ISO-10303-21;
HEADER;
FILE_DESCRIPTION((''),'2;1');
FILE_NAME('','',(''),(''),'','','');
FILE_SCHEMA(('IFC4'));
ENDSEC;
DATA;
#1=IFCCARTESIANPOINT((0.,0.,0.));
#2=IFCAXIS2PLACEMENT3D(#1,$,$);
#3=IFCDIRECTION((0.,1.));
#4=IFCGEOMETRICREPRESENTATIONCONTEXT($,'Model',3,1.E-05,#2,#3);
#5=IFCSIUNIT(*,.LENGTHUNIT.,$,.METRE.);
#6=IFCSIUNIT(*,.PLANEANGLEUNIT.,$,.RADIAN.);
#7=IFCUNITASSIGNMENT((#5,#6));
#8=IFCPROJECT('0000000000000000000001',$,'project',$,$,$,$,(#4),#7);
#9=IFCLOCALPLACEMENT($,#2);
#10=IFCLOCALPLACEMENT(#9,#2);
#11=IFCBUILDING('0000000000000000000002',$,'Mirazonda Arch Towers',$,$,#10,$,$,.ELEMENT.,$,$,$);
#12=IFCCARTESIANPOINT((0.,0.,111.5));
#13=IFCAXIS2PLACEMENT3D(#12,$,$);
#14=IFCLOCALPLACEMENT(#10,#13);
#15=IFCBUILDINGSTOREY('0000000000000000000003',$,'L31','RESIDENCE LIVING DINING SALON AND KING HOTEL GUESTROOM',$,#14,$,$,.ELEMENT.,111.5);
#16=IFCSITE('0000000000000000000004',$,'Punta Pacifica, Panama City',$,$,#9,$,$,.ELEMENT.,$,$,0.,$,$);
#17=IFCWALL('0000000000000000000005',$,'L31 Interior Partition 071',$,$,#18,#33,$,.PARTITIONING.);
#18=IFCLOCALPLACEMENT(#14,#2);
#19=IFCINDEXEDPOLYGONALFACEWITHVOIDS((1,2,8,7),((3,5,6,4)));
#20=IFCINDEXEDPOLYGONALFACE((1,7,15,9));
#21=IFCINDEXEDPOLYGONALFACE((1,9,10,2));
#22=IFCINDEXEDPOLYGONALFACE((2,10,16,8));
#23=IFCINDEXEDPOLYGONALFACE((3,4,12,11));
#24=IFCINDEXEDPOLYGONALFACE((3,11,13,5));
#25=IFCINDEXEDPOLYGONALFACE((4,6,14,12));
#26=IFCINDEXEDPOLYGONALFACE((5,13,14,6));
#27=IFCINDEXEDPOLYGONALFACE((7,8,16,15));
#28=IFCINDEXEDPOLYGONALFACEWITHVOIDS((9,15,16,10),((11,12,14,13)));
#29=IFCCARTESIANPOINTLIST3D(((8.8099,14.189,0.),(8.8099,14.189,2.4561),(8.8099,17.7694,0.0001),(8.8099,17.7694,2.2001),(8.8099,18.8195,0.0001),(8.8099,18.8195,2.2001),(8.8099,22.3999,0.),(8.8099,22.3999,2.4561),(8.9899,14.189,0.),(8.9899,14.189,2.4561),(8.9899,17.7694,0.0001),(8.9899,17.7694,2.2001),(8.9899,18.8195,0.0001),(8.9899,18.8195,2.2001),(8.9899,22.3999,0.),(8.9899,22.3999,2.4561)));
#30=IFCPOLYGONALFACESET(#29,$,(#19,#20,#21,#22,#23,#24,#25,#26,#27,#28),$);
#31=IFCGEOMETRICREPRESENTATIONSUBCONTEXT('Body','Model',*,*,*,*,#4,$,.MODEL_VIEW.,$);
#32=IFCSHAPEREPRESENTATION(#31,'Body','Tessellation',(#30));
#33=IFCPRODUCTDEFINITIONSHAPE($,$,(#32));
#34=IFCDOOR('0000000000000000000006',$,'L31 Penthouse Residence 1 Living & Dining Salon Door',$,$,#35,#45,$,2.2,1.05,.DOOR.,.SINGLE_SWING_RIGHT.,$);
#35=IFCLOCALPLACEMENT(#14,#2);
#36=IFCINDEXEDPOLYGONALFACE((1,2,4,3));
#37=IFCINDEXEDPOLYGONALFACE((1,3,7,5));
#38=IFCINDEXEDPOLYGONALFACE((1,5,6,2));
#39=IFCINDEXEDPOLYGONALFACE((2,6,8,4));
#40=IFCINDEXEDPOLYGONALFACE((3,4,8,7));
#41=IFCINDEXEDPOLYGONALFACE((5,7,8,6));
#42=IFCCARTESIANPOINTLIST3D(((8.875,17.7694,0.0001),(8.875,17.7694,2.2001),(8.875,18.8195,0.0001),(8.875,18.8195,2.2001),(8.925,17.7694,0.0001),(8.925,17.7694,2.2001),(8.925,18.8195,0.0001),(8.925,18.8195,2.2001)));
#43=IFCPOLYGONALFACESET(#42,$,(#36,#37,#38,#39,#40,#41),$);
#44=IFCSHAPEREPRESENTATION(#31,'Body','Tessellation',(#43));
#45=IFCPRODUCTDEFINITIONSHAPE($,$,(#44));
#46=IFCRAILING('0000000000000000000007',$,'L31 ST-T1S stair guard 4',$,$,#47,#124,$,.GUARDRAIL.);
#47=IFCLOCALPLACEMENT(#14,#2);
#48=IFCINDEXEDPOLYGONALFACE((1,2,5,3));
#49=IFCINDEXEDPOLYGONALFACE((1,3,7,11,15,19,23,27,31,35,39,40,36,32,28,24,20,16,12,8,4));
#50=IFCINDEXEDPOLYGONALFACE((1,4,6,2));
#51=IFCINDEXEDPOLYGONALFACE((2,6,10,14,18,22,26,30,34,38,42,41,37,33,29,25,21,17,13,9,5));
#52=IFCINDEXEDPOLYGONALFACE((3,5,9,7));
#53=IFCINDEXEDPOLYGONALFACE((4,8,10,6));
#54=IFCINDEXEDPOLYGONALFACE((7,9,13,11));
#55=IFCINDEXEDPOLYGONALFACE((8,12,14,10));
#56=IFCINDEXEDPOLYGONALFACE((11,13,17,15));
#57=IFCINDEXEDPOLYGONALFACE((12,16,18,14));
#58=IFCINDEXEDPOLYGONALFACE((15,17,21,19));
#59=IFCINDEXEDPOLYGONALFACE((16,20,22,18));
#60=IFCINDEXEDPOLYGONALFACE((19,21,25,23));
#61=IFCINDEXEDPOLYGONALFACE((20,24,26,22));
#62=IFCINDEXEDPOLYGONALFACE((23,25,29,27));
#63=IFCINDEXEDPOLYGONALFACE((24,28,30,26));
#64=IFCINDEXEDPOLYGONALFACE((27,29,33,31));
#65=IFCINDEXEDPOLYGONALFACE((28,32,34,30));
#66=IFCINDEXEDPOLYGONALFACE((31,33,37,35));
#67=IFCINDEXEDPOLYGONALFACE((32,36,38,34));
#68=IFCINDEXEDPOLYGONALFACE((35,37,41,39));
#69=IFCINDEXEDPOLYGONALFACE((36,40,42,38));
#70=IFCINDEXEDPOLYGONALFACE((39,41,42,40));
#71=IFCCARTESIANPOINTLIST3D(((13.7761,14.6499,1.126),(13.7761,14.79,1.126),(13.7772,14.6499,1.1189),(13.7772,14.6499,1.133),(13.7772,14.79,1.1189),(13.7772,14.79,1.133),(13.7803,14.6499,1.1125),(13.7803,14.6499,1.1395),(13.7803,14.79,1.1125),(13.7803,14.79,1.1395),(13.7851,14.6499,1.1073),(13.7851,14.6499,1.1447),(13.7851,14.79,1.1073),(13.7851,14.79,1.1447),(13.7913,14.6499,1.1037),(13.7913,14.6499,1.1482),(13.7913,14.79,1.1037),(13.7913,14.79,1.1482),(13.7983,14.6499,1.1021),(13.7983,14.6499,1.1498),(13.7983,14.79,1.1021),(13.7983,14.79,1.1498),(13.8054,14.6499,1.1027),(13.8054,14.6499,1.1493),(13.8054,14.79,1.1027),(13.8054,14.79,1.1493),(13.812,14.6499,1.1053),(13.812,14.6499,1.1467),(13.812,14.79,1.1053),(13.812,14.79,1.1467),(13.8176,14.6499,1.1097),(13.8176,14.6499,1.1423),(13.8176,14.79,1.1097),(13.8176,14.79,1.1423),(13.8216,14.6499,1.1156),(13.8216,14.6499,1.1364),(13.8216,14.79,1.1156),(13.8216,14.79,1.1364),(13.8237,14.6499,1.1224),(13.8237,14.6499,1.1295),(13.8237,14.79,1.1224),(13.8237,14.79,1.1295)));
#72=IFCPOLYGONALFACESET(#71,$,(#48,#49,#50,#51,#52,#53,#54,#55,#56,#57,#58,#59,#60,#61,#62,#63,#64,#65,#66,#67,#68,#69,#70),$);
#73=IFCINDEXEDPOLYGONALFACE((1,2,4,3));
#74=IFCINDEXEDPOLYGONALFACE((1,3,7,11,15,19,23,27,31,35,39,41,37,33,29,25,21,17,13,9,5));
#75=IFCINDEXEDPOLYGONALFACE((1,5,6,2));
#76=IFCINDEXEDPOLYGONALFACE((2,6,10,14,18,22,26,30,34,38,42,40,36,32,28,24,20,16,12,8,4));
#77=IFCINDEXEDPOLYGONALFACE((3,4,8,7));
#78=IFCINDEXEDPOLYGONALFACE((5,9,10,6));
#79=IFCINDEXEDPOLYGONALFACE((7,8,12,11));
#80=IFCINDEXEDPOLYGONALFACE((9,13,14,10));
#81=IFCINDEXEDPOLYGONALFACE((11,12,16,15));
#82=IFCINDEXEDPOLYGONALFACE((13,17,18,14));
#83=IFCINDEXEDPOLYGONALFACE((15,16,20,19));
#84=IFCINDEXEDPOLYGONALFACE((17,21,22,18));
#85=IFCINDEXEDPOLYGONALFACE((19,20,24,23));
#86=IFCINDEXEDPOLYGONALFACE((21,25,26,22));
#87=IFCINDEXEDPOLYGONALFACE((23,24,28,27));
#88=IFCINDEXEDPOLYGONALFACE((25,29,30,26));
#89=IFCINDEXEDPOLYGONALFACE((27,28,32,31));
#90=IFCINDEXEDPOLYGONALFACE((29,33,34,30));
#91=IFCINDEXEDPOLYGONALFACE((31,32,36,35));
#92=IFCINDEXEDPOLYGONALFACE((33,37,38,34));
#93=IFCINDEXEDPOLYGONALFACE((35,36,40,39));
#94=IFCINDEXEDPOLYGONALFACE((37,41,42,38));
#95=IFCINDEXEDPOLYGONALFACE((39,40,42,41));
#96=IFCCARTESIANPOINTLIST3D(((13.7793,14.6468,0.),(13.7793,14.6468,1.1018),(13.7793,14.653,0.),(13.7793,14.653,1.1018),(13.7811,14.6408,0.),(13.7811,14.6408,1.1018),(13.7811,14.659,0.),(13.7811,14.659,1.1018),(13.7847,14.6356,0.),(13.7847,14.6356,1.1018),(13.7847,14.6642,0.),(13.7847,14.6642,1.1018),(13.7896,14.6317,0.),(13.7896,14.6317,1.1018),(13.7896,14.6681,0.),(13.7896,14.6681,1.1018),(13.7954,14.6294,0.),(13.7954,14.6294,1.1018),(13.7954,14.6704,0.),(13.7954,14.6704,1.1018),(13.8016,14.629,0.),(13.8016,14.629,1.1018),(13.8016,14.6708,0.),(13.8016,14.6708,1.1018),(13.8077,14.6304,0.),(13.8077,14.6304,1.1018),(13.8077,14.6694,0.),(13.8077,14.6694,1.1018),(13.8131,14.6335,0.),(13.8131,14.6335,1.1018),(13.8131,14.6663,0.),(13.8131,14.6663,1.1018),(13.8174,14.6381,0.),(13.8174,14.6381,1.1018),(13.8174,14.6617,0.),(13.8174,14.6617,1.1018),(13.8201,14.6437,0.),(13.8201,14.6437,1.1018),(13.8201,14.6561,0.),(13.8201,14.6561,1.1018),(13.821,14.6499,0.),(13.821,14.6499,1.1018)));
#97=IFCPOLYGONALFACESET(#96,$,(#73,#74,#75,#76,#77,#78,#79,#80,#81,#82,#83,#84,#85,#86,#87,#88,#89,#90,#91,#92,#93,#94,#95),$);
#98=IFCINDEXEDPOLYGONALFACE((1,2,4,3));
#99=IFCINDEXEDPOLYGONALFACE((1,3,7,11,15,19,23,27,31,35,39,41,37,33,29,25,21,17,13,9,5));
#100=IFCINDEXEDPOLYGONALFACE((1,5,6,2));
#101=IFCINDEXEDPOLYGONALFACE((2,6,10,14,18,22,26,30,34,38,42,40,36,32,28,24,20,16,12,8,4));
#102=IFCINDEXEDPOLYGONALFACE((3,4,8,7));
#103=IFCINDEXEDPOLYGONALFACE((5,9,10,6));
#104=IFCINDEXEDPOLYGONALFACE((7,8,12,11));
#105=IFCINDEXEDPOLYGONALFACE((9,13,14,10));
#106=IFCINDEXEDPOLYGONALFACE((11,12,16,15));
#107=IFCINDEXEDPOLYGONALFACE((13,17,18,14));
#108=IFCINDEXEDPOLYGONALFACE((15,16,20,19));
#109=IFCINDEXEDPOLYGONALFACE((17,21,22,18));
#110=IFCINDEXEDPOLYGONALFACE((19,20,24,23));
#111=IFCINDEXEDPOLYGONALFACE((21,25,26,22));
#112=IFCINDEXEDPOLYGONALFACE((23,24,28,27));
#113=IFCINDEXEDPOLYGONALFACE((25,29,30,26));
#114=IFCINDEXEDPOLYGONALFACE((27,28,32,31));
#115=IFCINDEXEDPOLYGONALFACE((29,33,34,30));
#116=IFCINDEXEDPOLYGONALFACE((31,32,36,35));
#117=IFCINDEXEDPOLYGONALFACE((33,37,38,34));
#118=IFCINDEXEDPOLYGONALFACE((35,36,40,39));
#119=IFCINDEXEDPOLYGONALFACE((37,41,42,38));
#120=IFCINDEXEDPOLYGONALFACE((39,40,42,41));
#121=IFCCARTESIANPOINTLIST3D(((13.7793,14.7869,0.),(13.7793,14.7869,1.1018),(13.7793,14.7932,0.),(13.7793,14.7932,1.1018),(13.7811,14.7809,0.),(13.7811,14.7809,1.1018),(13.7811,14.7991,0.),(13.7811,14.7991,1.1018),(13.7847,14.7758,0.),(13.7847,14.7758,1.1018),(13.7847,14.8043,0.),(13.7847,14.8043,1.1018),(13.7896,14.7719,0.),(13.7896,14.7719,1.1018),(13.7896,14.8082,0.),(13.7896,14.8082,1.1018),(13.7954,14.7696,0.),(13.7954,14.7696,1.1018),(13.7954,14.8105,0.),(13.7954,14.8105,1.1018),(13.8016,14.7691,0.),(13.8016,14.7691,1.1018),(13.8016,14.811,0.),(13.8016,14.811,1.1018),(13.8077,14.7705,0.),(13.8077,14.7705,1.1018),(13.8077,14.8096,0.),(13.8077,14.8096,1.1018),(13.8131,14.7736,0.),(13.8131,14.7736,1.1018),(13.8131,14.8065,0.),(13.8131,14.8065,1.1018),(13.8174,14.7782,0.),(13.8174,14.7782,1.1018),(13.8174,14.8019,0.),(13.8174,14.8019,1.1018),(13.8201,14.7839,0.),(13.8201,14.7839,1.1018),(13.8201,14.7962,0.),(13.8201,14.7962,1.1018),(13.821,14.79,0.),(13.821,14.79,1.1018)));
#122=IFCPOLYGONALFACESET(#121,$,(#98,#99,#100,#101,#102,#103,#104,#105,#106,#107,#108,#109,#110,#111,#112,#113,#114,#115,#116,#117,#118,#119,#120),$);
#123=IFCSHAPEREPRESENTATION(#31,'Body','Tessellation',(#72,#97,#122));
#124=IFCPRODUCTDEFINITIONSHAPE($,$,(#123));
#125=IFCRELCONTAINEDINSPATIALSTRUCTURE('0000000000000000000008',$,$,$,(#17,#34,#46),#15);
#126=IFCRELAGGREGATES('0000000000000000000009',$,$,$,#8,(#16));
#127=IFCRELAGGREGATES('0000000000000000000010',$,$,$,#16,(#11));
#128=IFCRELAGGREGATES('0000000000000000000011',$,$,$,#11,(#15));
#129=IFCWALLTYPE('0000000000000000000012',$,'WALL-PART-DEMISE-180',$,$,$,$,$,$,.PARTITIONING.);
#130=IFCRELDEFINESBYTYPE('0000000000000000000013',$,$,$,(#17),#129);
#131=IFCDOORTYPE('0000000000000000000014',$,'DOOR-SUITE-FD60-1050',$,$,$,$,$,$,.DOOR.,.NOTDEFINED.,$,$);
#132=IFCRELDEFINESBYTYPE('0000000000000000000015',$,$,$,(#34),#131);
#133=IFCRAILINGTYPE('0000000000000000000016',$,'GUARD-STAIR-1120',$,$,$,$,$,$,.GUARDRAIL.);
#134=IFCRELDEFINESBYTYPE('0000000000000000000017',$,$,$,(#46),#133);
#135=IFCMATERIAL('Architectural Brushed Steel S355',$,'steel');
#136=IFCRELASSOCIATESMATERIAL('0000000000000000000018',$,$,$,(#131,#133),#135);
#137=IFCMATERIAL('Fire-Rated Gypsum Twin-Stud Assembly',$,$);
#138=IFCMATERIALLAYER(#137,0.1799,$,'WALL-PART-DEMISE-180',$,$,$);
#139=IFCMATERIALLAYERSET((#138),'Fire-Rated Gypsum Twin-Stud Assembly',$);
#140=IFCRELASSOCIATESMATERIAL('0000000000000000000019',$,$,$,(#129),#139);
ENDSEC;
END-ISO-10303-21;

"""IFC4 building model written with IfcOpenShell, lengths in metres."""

from ifc_helpers import new_model, si_unit, direction, frame, frame_2d, origin, origin_2d, place, context, subcontext, project, spatial, rectangle, circle, extrude, material, layer, layer_set, type_object, element, fill, save


model = new_model("IFC4")

# Units and contexts
model_context = context("Model", 3, precision=1e-05, world=origin(), true_north=direction((0.0, 1.0)))
body_context = subcontext(model_context, "Body", "Model", "MODEL_VIEW")
ifc_project = project(units=[si_unit("LENGTHUNIT", "METRE"), si_unit("PLANEANGLEUNIT", "RADIAN")], contexts=[model_context])

# Site, building, storey
site_placement = place(None, origin())
site = spatial("IfcSite", under=ifc_project, at=site_placement, Name="Punta Pacifica, Panama City", CompositionType="ELEMENT", RefElevation=0.0)
building_placement = place(site_placement, origin())
building = spatial("IfcBuilding", under=site, at=building_placement, Name="Mirazonda Arch Towers", CompositionType="ELEMENT")
storey_placement = place(building_placement, frame((0.0, 0.0, 111.5)))
storey = spatial("IfcBuildingStorey", under=building, at=storey_placement, Name="L31", Description="RESIDENCE LIVING DINING SALON AND KING HOTEL GUESTROOM", CompositionType="ELEMENT", Elevation=111.5)

# Shared definitions
ifc_material_1 = material(Name="Architectural Brushed Steel S355", Category="steel")
door_type_1 = type_object("IfcDoorType", Name="DOOR-SUITE-FD60-1050", OperationType="NOTDEFINED", PredefinedType="DOOR", material=ifc_material_1)

# Shared definitions
ifc_material_2 = material(Name="Fire-Rated Gypsum Twin-Stud Assembly")
ifc_layer_1 = layer(ifc_material_2, 0.1799, Name="WALL-PART-DEMISE-180")
ifc_layer_set_1 = layer_set([ifc_layer_1], Name="Fire-Rated Gypsum Twin-Stud Assembly")
wall_type_1 = type_object("IfcWallType", Name="WALL-PART-DEMISE-180", PredefinedType="PARTITIONING", material=ifc_layer_set_1)

# Wall, opening, door
wall_1_placement = place(storey_placement, frame((8.8999, 14.189, 0.0), z_axis=(0.0, 0.0, 1.0), x_axis=(0.0, 1.0, 0.0)))
wall_1 = element("IfcWall", 1, at=wall_1_placement, inside=storey, type_object=wall_type_1, Name="L31 Interior Partition 071", PredefinedType="PARTITIONING", context=body_context, shape_type="SweptSolid", body=[
    extrude(rectangle(XDim=8.2109, YDim=0.1799, at=frame_2d((4.1055, 0.0))), origin(), (0.0, 0.0, 1.0), 2.4561),
])
opening_1_placement = place(wall_1_placement, frame((3.5806, 0.0, 0.0)))
opening_1 = element("IfcOpeningElement", 2, at=opening_1_placement, cuts=wall_1, PredefinedType="OPENING", context=body_context, shape_type="SweptSolid", body=[
    extrude(rectangle(XDim=1.05, YDim=2.2, at=frame_2d((0.5249, 1.1001))), frame((0.0, 0.0999, 0.0), z_axis=(0.0, -1.0, 0.0), x_axis=(1.0, 0.0, 0.0)), (0.0, 0.0, 1.0), 0.2),
])
door_1_placement = place(opening_1_placement, origin())
door_1 = element("IfcDoor", 3, at=door_1_placement, inside=storey, type_object=door_type_1, Name="L31 Penthouse Residence 1 Living & Dining Salon Door", OperationType="SINGLE_SWING_RIGHT", OverallHeight=2.2, OverallWidth=1.05, PredefinedType="DOOR", context=body_context, shape_type="SweptSolid", body=[
    extrude(rectangle(XDim=1.05, YDim=2.2, at=frame_2d((0.5249, 1.1001))), frame((0.0, 0.0249, 0.0), z_axis=(0.0, -1.0, 0.0), x_axis=(1.0, 0.0, 0.0)), (0.0, 0.0, 1.0), 0.05),
])
fill(opening_1, door_1)

# Railing
railing_type = type_object("IfcRailingType", Name="GUARD-STAIR-1120", PredefinedType="GUARDRAIL", material=ifc_material_1)
railing_placement = place(storey_placement, frame((13.8, 14.6499, 0.0)))
element("IfcRailing", 4, at=railing_placement, inside=storey, type_object=railing_type, Name="L31 ST-T1S stair guard 4", PredefinedType="GUARDRAIL", context=body_context, shape_type="SweptSolid", body=[
    extrude(circle(Radius=0.0239, at=origin_2d()), frame((0.0, 0.0, 1.126), z_axis=(0.0, 1.0, 0.0), x_axis=(-1.0, 0.0, 0.0)), (0.0, 0.0, 1.0), 0.1401),
    extrude(circle(Radius=0.021, at=origin_2d()), origin(), (0.0, 0.0, 1.0), 1.1018),
    extrude(circle(Radius=0.021, at=origin_2d()), frame((0.0, 0.1401, 0.0)), (0.0, 0.0, 1.0), 1.1018),
])

save(model, "model.ifc")
